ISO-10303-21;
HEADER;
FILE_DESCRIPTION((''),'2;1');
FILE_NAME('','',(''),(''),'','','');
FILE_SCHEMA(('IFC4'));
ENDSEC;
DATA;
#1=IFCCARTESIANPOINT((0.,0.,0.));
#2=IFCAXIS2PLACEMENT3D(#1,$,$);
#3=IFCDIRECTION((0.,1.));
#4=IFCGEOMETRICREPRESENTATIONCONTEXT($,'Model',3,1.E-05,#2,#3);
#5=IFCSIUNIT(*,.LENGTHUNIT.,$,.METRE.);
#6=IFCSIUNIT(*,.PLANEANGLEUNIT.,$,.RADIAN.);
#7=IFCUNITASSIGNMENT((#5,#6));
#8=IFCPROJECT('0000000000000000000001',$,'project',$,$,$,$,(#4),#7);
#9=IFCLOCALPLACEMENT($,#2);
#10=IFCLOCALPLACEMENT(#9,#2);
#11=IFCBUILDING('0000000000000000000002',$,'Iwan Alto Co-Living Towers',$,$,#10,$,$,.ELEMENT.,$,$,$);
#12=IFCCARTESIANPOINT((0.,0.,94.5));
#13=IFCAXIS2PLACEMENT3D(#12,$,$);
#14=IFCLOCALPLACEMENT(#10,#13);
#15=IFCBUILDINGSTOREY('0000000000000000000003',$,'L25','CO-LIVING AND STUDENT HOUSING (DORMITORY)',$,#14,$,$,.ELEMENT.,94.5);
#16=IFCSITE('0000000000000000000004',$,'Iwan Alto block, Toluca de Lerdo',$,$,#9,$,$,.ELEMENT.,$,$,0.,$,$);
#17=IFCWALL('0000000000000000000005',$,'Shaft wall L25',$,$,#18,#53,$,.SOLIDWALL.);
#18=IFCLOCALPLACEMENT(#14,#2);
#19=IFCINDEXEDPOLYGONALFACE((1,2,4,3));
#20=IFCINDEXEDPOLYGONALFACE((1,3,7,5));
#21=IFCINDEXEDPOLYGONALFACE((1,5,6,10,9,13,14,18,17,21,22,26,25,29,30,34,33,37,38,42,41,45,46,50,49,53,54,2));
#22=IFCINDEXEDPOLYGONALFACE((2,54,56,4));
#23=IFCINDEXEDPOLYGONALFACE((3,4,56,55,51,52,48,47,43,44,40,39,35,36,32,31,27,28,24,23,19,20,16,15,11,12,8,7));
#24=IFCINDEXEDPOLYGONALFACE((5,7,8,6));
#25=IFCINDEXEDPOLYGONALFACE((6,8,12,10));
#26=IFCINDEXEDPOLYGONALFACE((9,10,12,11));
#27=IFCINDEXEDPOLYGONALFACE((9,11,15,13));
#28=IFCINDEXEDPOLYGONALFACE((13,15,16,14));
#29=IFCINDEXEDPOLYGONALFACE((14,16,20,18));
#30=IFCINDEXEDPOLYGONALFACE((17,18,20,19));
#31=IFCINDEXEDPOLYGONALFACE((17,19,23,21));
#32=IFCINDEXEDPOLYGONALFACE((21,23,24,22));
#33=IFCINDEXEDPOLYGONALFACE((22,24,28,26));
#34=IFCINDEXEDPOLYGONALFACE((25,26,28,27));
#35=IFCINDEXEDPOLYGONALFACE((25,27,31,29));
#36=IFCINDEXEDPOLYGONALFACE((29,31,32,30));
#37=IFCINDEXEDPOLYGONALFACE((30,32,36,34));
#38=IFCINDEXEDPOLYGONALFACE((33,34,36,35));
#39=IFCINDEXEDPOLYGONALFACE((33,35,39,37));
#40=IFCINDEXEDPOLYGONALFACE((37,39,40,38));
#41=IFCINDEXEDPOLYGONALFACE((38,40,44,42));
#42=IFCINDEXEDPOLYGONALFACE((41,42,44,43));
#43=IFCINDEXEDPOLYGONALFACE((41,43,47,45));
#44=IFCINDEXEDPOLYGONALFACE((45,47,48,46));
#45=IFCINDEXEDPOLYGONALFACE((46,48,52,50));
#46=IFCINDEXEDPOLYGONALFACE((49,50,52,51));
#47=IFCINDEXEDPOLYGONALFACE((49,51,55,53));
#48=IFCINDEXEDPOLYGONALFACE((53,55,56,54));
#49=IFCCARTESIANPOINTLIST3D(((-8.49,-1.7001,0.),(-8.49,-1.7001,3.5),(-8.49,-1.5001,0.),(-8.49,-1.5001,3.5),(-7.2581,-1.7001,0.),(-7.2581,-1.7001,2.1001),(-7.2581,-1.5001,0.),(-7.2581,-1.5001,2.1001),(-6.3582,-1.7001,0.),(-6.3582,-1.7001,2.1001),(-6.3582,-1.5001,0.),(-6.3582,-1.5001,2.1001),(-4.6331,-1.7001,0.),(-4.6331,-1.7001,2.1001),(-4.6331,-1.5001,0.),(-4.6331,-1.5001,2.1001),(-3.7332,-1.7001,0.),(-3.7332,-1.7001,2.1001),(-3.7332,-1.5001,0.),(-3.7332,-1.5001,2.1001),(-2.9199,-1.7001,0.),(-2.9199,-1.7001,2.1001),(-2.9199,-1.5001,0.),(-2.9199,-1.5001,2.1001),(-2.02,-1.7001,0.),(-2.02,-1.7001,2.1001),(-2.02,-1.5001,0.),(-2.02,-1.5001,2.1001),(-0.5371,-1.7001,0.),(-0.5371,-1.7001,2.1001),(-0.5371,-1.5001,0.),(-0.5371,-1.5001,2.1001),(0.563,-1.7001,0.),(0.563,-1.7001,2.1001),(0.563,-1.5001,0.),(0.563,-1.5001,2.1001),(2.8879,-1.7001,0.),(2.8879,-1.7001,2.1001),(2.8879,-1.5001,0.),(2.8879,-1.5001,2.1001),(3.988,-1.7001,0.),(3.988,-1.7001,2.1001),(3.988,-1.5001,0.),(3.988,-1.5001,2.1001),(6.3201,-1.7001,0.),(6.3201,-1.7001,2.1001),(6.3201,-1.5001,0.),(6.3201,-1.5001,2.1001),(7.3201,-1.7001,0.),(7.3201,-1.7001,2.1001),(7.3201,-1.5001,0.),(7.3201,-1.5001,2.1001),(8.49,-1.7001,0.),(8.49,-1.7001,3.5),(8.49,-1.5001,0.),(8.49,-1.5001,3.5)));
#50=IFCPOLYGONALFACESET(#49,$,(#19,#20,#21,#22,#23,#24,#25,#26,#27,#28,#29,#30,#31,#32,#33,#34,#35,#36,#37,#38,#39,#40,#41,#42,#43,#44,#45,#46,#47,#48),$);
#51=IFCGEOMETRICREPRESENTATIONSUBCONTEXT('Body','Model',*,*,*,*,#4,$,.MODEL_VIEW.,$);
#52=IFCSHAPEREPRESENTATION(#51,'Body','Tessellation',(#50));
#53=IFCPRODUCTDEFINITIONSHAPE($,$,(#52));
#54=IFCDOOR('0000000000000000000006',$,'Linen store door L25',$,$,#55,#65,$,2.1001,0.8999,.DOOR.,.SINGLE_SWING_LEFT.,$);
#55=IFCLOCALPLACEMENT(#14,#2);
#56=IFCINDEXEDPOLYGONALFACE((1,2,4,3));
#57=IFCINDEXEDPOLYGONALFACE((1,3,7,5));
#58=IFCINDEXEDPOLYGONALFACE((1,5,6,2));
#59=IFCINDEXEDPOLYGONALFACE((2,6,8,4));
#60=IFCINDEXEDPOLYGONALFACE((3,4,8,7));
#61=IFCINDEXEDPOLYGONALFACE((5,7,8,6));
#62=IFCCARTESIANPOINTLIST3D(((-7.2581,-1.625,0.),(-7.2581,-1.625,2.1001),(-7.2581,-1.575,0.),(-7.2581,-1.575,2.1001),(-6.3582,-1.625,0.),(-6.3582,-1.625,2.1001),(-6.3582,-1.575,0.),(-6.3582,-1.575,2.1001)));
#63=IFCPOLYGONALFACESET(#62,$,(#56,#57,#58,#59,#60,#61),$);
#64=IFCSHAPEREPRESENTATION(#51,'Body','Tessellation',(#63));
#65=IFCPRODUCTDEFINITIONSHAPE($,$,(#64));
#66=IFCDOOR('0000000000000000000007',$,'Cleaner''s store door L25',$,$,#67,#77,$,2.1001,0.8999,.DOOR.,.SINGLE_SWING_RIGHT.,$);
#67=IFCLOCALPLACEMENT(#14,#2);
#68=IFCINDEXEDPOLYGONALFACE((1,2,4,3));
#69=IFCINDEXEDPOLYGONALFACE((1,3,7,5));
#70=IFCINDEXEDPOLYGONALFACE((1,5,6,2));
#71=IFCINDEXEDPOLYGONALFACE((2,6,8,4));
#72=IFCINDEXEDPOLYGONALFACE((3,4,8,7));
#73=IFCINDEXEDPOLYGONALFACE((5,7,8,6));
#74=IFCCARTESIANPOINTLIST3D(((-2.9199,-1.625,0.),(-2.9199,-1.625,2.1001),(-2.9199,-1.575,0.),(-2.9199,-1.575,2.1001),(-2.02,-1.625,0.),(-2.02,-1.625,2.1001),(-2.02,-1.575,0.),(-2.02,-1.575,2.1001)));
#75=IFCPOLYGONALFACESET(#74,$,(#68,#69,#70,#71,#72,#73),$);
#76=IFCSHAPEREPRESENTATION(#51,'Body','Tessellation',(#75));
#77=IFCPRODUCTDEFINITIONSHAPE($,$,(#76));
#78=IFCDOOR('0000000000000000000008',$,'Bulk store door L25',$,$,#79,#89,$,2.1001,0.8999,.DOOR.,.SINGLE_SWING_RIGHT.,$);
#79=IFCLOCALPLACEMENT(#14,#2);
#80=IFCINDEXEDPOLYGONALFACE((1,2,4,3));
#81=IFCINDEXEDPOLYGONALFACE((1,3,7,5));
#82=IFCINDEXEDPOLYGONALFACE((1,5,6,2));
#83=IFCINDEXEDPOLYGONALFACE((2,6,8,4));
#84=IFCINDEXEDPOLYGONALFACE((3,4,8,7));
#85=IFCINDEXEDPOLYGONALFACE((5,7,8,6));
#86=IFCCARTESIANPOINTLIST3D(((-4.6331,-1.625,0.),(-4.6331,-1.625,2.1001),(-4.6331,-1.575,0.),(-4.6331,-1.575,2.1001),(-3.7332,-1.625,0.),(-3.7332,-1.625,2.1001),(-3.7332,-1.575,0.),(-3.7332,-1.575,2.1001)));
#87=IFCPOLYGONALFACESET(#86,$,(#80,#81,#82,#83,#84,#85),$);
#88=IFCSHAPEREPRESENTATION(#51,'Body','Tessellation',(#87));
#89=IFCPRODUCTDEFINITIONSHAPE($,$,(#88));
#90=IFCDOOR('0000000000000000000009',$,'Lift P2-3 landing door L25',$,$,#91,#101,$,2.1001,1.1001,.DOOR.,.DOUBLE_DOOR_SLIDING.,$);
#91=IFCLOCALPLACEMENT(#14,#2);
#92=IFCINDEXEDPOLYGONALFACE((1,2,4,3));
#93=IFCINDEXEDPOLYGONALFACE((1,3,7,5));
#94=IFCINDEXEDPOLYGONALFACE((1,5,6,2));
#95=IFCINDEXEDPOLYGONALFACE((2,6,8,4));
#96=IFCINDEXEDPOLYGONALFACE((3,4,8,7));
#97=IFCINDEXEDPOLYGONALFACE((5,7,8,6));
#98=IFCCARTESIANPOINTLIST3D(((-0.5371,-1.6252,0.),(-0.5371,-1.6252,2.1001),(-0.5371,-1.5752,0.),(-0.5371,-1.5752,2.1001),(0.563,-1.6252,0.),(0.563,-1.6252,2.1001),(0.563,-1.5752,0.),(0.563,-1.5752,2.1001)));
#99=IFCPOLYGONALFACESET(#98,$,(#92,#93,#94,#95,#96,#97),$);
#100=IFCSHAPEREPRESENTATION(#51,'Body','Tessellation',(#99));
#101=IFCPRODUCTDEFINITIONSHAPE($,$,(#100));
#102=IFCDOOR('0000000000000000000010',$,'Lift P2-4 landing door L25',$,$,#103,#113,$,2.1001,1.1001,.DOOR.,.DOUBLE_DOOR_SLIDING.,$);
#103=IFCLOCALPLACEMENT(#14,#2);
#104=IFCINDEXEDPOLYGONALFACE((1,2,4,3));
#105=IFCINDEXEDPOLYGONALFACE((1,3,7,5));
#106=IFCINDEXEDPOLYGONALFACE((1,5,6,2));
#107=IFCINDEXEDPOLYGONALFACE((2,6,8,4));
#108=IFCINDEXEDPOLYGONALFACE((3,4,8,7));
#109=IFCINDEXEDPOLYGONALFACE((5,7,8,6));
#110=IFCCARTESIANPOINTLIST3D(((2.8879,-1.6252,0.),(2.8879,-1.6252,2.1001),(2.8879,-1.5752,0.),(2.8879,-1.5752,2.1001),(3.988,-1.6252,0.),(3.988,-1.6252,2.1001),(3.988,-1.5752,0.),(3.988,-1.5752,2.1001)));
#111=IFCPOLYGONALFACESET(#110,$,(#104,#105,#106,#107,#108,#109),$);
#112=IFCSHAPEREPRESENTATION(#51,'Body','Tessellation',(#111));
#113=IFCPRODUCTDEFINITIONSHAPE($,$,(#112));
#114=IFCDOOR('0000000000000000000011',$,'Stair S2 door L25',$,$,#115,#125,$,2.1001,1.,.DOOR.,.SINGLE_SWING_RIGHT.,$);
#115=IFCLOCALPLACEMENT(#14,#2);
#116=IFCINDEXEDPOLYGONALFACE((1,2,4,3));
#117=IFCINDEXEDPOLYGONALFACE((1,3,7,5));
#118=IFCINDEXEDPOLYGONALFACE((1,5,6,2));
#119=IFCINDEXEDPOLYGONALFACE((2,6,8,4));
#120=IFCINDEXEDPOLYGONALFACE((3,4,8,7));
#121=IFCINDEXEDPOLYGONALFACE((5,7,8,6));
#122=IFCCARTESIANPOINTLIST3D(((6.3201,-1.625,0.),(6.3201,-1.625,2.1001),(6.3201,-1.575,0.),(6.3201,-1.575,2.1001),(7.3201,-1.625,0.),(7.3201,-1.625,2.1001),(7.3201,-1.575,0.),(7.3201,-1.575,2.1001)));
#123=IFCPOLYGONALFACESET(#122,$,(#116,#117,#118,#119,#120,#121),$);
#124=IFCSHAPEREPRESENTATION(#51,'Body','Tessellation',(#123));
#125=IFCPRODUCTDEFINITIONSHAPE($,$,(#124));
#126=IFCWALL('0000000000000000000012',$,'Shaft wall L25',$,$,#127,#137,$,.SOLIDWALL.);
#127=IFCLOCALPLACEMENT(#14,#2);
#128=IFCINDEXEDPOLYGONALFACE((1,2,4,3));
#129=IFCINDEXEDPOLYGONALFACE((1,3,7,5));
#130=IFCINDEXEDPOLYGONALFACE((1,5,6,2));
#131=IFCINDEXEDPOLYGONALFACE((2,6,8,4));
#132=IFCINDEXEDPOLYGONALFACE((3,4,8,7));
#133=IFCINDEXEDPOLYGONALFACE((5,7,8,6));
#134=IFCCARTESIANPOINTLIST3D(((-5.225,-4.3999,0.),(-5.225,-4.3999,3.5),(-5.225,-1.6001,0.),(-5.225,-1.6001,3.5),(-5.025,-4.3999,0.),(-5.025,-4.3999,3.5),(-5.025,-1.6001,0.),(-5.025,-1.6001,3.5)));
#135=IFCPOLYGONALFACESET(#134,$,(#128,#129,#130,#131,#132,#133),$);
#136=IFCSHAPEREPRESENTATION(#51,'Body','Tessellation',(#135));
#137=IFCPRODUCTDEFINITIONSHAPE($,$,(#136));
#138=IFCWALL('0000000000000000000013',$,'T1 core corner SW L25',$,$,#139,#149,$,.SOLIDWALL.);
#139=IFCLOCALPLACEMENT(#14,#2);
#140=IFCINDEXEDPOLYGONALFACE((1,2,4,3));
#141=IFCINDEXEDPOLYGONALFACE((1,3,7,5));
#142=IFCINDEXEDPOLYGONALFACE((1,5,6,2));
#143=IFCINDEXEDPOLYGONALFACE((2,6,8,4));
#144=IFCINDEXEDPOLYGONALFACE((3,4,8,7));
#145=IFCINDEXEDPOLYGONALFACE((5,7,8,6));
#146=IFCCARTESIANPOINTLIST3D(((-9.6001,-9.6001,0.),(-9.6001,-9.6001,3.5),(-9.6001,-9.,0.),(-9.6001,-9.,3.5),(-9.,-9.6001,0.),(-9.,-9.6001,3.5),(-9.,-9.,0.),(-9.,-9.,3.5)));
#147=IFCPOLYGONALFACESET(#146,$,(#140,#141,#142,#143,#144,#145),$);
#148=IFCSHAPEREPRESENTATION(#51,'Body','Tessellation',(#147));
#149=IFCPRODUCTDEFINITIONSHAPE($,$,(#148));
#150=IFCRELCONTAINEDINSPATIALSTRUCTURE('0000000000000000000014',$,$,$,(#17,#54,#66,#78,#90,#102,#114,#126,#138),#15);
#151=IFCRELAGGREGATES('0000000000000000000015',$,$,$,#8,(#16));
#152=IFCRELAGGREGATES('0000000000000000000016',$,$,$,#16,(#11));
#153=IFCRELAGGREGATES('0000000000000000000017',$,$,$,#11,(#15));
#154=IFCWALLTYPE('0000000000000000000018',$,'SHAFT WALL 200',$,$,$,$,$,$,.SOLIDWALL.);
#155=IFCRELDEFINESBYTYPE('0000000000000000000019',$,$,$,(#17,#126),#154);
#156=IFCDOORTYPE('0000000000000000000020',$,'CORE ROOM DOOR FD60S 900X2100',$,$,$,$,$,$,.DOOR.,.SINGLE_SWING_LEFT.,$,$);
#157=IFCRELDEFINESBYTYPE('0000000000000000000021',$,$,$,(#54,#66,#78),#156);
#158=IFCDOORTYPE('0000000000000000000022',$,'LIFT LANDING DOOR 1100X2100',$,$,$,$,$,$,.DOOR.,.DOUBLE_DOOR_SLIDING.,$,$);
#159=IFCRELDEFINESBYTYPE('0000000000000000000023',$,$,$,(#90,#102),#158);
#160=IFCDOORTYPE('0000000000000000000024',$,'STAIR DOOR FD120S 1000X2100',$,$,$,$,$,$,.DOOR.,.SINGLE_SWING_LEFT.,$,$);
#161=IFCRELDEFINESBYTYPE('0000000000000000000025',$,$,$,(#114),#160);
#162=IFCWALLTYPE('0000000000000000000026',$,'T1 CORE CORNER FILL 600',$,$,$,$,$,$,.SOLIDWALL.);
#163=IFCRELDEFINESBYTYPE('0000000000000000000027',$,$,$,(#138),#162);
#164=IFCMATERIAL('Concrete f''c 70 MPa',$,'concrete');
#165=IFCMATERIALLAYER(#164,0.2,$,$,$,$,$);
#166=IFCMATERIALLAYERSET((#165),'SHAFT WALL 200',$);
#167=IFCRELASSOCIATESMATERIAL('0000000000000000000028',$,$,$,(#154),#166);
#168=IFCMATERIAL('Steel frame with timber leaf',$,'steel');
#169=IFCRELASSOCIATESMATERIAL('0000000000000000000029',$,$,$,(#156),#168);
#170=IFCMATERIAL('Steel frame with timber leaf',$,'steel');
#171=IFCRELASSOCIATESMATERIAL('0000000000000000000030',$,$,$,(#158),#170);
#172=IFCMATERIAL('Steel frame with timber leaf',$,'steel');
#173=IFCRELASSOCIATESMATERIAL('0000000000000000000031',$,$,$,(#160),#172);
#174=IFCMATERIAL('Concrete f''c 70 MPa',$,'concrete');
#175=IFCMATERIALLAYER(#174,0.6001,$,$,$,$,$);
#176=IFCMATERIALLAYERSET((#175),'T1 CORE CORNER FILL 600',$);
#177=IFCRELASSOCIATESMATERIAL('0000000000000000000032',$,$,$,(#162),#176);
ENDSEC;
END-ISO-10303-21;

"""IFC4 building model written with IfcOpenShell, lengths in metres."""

from ifc_helpers import new_model, si_unit, direction, frame, frame_2d, origin, place, context, subcontext, project, spatial, rectangle, extrude, material, layer, layer_set, type_object, element, fill, save


model = new_model("IFC4")

# Units and contexts
model_context = context("Model", 3, precision=1e-05, world=origin(), true_north=direction((0.0, 1.0)))
body_context = subcontext(model_context, "Body", "Model", "MODEL_VIEW")
ifc_project = project(units=[si_unit("LENGTHUNIT", "METRE"), si_unit("PLANEANGLEUNIT", "RADIAN")], contexts=[model_context])

# Site, building, storey
site_placement = place(None, origin())
site = spatial("IfcSite", under=ifc_project, at=site_placement, Name="Iwan Alto block, Toluca de Lerdo", CompositionType="ELEMENT", RefElevation=0.0)
building_placement = place(site_placement, origin())
building = spatial("IfcBuilding", under=site, at=building_placement, Name="Iwan Alto Co-Living Towers", CompositionType="ELEMENT")
storey_placement = place(building_placement, frame((0.0, 0.0, 94.5)))
storey = spatial("IfcBuildingStorey", under=building, at=storey_placement, Name="L25", Description="CO-LIVING AND STUDENT HOUSING (DORMITORY)", CompositionType="ELEMENT", Elevation=94.5)

# Shared definitions
ifc_material_1 = material(Name="Concrete f'c 70 MPa", Category="concrete")
ifc_layer_1 = layer(ifc_material_1, 0.2)
ifc_layer_set_1 = layer_set([ifc_layer_1], Name="SHAFT WALL 200")
wall_type_1 = type_object("IfcWallType", Name="SHAFT WALL 200", PredefinedType="SOLIDWALL", material=ifc_layer_set_1)

# Wall, openings, doors
wall_1_placement = place(storey_placement, frame((-8.49, -1.6001, 0.0), z_axis=(0.0, 0.0, 1.0), x_axis=(1.0, 0.0, 0.0)))
wall_1 = element("IfcWall", 1, at=wall_1_placement, inside=storey, type_object=wall_type_1, Name="Shaft wall L25", PredefinedType="SOLIDWALL", context=body_context, shape_type="SweptSolid", body=[
    extrude(rectangle(XDim=16.98, YDim=0.2, at=frame_2d((8.49, 0.0))), origin(), (0.0, 0.0, 1.0), 3.5),
])
opening_1_placement = place(wall_1_placement, frame((14.8101, 0.0, 0.0)))
opening_1 = element("IfcOpeningElement", 2, at=opening_1_placement, cuts=wall_1, PredefinedType="OPENING", context=body_context, shape_type="SweptSolid", body=[
    extrude(rectangle(XDim=1.0, YDim=2.1001, at=frame_2d((0.5, 1.05))), frame((0.0, 0.1099, 0.0), z_axis=(0.0, -1.0, 0.0), x_axis=(1.0, 0.0, 0.0)), (0.0, 0.0, 1.0), 0.22),
])
opening_2_placement = place(wall_1_placement, frame((1.2319, 0.0, 0.0)))
opening_2 = element("IfcOpeningElement", 3, at=opening_2_placement, cuts=wall_1, PredefinedType="OPENING", context=body_context, shape_type="SweptSolid", body=[
    extrude(rectangle(XDim=0.8999, YDim=2.1001, at=frame_2d((0.45, 1.05))), frame((0.0, 0.1099, 0.0), z_axis=(0.0, -1.0, 0.0), x_axis=(1.0, 0.0, 0.0)), (0.0, 0.0, 1.0), 0.22),
])
opening_3_placement = place(wall_1_placement, frame((5.5701, 0.0, 0.0)))
opening_3 = element("IfcOpeningElement", 4, at=opening_3_placement, cuts=wall_1, PredefinedType="OPENING", context=body_context, shape_type="SweptSolid", body=[
    extrude(rectangle(XDim=0.8999, YDim=2.1001, at=frame_2d((0.45, 1.05))), frame((0.0, 0.1099, 0.0), z_axis=(0.0, -1.0, 0.0), x_axis=(1.0, 0.0, 0.0)), (0.0, 0.0, 1.0), 0.22),
])
opening_4_placement = place(wall_1_placement, frame((3.8569, 0.0, 0.0)))
opening_4 = element("IfcOpeningElement", 5, at=opening_4_placement, cuts=wall_1, PredefinedType="OPENING", context=body_context, shape_type="SweptSolid", body=[
    extrude(rectangle(XDim=0.8999, YDim=2.1001, at=frame_2d((0.45, 1.05))), frame((0.0, 0.1099, 0.0), z_axis=(0.0, -1.0, 0.0), x_axis=(1.0, 0.0, 0.0)), (0.0, 0.0, 1.0), 0.22),
])
opening_5_placement = place(wall_1_placement, frame((7.9529, 0.0, 0.0)))
opening_5 = element("IfcOpeningElement", 6, at=opening_5_placement, cuts=wall_1, PredefinedType="OPENING", context=body_context, shape_type="SweptSolid", body=[
    extrude(rectangle(XDim=1.1001, YDim=2.1001, at=frame_2d((0.55, 1.05))), frame((0.0, 0.1099, 0.0), z_axis=(0.0, -1.0, 0.0), x_axis=(1.0, 0.0, 0.0)), (0.0, 0.0, 1.0), 0.22),
])
opening_6_placement = place(wall_1_placement, frame((11.3779, 0.0, 0.0)))
opening_6 = element("IfcOpeningElement", 7, at=opening_6_placement, cuts=wall_1, PredefinedType="OPENING", context=body_context, shape_type="SweptSolid", body=[
    extrude(rectangle(XDim=1.1001, YDim=2.1001, at=frame_2d((0.55, 1.05))), frame((0.0, 0.1099, 0.0), z_axis=(0.0, -1.0, 0.0), x_axis=(1.0, 0.0, 0.0)), (0.0, 0.0, 1.0), 0.22),
])
ifc_material_2 = material(Name="Steel frame with timber leaf", Category="steel")
door_type_1 = type_object("IfcDoorType", Name="CORE ROOM DOOR FD60S 900X2100", OperationType="SINGLE_SWING_LEFT", PredefinedType="DOOR", material=ifc_material_2)
door_1_placement = place(opening_2_placement, frame((0.8999, 0.0, 0.0), z_axis=(0.0, 0.0, 1.0), x_axis=(-1.0, 0.0, 0.0)))
door_1 = element("IfcDoor", 8, at=door_1_placement, inside=storey, type_object=door_type_1, Name="Linen store door L25", OperationType="SINGLE_SWING_LEFT", OverallHeight=2.1001, OverallWidth=0.8999, PredefinedType="DOOR", context=body_context, shape_type="SweptSolid", body=[
    extrude(rectangle(XDim=0.8999, YDim=2.1001, at=frame_2d((0.45, 1.05))), frame((0.0, 0.0249, 0.0), z_axis=(0.0, -1.0, 0.0), x_axis=(1.0, 0.0, 0.0)), (0.0, 0.0, 1.0), 0.05),
])
fill(opening_2, door_1)
door_2_placement = place(opening_3_placement, frame((0.8999, 0.0, 0.0), z_axis=(0.0, 0.0, 1.0), x_axis=(-1.0, 0.0, 0.0)))
door_2 = element("IfcDoor", 9, at=door_2_placement, inside=storey, type_object=door_type_1, Name="Cleaner's store door L25", OperationType="SINGLE_SWING_RIGHT", OverallHeight=2.1001, OverallWidth=0.8999, PredefinedType="DOOR", context=body_context, shape_type="SweptSolid", body=[
    extrude(rectangle(XDim=0.8999, YDim=2.1001, at=frame_2d((0.45, 1.05))), frame((0.0, 0.0249, 0.0), z_axis=(0.0, -1.0, 0.0), x_axis=(1.0, 0.0, 0.0)), (0.0, 0.0, 1.0), 0.05),
])
fill(opening_3, door_2)
door_3_placement = place(opening_4_placement, frame((0.8999, 0.0, 0.0), z_axis=(0.0, 0.0, 1.0), x_axis=(-1.0, 0.0, 0.0)))
door_3 = element("IfcDoor", 10, at=door_3_placement, inside=storey, type_object=door_type_1, Name="Bulk store door L25", OperationType="SINGLE_SWING_RIGHT", OverallHeight=2.1001, OverallWidth=0.8999, PredefinedType="DOOR", context=body_context, shape_type="SweptSolid", body=[
    extrude(rectangle(XDim=0.8999, YDim=2.1001, at=frame_2d((0.45, 1.05))), frame((0.0, 0.0249, 0.0), z_axis=(0.0, -1.0, 0.0), x_axis=(1.0, 0.0, 0.0)), (0.0, 0.0, 1.0), 0.05),
])
fill(opening_4, door_3)
ifc_material_3 = material(Name="Steel frame with timber leaf", Category="steel")
door_type_2 = type_object("IfcDoorType", Name="LIFT LANDING DOOR 1100X2100", OperationType="DOUBLE_DOOR_SLIDING", PredefinedType="DOOR", material=ifc_material_3)
door_4_placement = place(opening_5_placement, origin())
door_4 = element("IfcDoor", 11, at=door_4_placement, inside=storey, type_object=door_type_2, Name="Lift P2-3 landing door L25", OperationType="DOUBLE_DOOR_SLIDING", OverallHeight=2.1001, OverallWidth=1.1001, PredefinedType="DOOR", context=body_context, shape_type="SweptSolid", body=[
    extrude(rectangle(XDim=1.1001, YDim=2.1001, at=frame_2d((0.55, 1.05))), frame((0.0, 0.0249, 0.0), z_axis=(0.0, -1.0, 0.0), x_axis=(1.0, 0.0, 0.0)), (0.0, 0.0, 1.0), 0.05),
])
fill(opening_5, door_4)
door_5_placement = place(opening_6_placement, origin())
door_5 = element("IfcDoor", 12, at=door_5_placement, inside=storey, type_object=door_type_2, Name="Lift P2-4 landing door L25", OperationType="DOUBLE_DOOR_SLIDING", OverallHeight=2.1001, OverallWidth=1.1001, PredefinedType="DOOR", context=body_context, shape_type="SweptSolid", body=[
    extrude(rectangle(XDim=1.1001, YDim=2.1001, at=frame_2d((0.55, 1.05))), frame((0.0, 0.0249, 0.0), z_axis=(0.0, -1.0, 0.0), x_axis=(1.0, 0.0, 0.0)), (0.0, 0.0, 1.0), 0.05),
])
fill(opening_6, door_5)
ifc_material_4 = material(Name="Steel frame with timber leaf", Category="steel")
door_type_3 = type_object("IfcDoorType", Name="STAIR DOOR FD120S 1000X2100", OperationType="SINGLE_SWING_LEFT", PredefinedType="DOOR", material=ifc_material_4)
door_6_placement = place(opening_1_placement, frame((1.0, 0.0, 0.0), z_axis=(0.0, 0.0, 1.0), x_axis=(-1.0, 0.0, 0.0)))
door_6 = element("IfcDoor", 13, at=door_6_placement, inside=storey, type_object=door_type_3, Name="Stair S2 door L25", OperationType="SINGLE_SWING_RIGHT", OverallHeight=2.1001, OverallWidth=1.0, PredefinedType="DOOR", context=body_context, shape_type="SweptSolid", body=[
    extrude(rectangle(XDim=1.0, YDim=2.1001, at=frame_2d((0.5, 1.05))), frame((0.0, 0.0249, 0.0), z_axis=(0.0, -1.0, 0.0), x_axis=(1.0, 0.0, 0.0)), (0.0, 0.0, 1.0), 0.05),
])
fill(opening_1, door_6)

# Walls
wall_2_placement = place(storey_placement, frame((-5.125, -4.3999, 0.0), z_axis=(0.0, 0.0, 1.0), x_axis=(0.0, 1.0, 0.0)))
element("IfcWall", 14, at=wall_2_placement, inside=storey, type_object=wall_type_1, Name="Shaft wall L25", PredefinedType="SOLIDWALL", context=body_context, shape_type="SweptSolid", body=[
    extrude(rectangle(XDim=2.7998, YDim=0.2, at=frame_2d((1.3999, 0.0))), origin(), (0.0, 0.0, 1.0), 3.5),
])
ifc_material_5 = material(Name="Concrete f'c 70 MPa", Category="concrete")
ifc_layer_2 = layer(ifc_material_5, 0.6001)
ifc_layer_set_2 = layer_set([ifc_layer_2], Name="T1 CORE CORNER FILL 600")
wall_type_2 = type_object("IfcWallType", Name="T1 CORE CORNER FILL 600", PredefinedType="SOLIDWALL", material=ifc_layer_set_2)
wall_3_placement = place(storey_placement, frame((-9.6001, -9.3, 0.0), z_axis=(0.0, 0.0, 1.0), x_axis=(1.0, 0.0, 0.0)))
element("IfcWall", 15, at=wall_3_placement, inside=storey, type_object=wall_type_2, Name="T1 core corner SW L25", PredefinedType="SOLIDWALL", context=body_context, shape_type="SweptSolid", body=[
    extrude(rectangle(XDim=0.6001, YDim=0.6001, at=frame_2d((0.3, 0.0))), origin(), (0.0, 0.0, 1.0), 3.5),
])

save(model, "model.ifc")
